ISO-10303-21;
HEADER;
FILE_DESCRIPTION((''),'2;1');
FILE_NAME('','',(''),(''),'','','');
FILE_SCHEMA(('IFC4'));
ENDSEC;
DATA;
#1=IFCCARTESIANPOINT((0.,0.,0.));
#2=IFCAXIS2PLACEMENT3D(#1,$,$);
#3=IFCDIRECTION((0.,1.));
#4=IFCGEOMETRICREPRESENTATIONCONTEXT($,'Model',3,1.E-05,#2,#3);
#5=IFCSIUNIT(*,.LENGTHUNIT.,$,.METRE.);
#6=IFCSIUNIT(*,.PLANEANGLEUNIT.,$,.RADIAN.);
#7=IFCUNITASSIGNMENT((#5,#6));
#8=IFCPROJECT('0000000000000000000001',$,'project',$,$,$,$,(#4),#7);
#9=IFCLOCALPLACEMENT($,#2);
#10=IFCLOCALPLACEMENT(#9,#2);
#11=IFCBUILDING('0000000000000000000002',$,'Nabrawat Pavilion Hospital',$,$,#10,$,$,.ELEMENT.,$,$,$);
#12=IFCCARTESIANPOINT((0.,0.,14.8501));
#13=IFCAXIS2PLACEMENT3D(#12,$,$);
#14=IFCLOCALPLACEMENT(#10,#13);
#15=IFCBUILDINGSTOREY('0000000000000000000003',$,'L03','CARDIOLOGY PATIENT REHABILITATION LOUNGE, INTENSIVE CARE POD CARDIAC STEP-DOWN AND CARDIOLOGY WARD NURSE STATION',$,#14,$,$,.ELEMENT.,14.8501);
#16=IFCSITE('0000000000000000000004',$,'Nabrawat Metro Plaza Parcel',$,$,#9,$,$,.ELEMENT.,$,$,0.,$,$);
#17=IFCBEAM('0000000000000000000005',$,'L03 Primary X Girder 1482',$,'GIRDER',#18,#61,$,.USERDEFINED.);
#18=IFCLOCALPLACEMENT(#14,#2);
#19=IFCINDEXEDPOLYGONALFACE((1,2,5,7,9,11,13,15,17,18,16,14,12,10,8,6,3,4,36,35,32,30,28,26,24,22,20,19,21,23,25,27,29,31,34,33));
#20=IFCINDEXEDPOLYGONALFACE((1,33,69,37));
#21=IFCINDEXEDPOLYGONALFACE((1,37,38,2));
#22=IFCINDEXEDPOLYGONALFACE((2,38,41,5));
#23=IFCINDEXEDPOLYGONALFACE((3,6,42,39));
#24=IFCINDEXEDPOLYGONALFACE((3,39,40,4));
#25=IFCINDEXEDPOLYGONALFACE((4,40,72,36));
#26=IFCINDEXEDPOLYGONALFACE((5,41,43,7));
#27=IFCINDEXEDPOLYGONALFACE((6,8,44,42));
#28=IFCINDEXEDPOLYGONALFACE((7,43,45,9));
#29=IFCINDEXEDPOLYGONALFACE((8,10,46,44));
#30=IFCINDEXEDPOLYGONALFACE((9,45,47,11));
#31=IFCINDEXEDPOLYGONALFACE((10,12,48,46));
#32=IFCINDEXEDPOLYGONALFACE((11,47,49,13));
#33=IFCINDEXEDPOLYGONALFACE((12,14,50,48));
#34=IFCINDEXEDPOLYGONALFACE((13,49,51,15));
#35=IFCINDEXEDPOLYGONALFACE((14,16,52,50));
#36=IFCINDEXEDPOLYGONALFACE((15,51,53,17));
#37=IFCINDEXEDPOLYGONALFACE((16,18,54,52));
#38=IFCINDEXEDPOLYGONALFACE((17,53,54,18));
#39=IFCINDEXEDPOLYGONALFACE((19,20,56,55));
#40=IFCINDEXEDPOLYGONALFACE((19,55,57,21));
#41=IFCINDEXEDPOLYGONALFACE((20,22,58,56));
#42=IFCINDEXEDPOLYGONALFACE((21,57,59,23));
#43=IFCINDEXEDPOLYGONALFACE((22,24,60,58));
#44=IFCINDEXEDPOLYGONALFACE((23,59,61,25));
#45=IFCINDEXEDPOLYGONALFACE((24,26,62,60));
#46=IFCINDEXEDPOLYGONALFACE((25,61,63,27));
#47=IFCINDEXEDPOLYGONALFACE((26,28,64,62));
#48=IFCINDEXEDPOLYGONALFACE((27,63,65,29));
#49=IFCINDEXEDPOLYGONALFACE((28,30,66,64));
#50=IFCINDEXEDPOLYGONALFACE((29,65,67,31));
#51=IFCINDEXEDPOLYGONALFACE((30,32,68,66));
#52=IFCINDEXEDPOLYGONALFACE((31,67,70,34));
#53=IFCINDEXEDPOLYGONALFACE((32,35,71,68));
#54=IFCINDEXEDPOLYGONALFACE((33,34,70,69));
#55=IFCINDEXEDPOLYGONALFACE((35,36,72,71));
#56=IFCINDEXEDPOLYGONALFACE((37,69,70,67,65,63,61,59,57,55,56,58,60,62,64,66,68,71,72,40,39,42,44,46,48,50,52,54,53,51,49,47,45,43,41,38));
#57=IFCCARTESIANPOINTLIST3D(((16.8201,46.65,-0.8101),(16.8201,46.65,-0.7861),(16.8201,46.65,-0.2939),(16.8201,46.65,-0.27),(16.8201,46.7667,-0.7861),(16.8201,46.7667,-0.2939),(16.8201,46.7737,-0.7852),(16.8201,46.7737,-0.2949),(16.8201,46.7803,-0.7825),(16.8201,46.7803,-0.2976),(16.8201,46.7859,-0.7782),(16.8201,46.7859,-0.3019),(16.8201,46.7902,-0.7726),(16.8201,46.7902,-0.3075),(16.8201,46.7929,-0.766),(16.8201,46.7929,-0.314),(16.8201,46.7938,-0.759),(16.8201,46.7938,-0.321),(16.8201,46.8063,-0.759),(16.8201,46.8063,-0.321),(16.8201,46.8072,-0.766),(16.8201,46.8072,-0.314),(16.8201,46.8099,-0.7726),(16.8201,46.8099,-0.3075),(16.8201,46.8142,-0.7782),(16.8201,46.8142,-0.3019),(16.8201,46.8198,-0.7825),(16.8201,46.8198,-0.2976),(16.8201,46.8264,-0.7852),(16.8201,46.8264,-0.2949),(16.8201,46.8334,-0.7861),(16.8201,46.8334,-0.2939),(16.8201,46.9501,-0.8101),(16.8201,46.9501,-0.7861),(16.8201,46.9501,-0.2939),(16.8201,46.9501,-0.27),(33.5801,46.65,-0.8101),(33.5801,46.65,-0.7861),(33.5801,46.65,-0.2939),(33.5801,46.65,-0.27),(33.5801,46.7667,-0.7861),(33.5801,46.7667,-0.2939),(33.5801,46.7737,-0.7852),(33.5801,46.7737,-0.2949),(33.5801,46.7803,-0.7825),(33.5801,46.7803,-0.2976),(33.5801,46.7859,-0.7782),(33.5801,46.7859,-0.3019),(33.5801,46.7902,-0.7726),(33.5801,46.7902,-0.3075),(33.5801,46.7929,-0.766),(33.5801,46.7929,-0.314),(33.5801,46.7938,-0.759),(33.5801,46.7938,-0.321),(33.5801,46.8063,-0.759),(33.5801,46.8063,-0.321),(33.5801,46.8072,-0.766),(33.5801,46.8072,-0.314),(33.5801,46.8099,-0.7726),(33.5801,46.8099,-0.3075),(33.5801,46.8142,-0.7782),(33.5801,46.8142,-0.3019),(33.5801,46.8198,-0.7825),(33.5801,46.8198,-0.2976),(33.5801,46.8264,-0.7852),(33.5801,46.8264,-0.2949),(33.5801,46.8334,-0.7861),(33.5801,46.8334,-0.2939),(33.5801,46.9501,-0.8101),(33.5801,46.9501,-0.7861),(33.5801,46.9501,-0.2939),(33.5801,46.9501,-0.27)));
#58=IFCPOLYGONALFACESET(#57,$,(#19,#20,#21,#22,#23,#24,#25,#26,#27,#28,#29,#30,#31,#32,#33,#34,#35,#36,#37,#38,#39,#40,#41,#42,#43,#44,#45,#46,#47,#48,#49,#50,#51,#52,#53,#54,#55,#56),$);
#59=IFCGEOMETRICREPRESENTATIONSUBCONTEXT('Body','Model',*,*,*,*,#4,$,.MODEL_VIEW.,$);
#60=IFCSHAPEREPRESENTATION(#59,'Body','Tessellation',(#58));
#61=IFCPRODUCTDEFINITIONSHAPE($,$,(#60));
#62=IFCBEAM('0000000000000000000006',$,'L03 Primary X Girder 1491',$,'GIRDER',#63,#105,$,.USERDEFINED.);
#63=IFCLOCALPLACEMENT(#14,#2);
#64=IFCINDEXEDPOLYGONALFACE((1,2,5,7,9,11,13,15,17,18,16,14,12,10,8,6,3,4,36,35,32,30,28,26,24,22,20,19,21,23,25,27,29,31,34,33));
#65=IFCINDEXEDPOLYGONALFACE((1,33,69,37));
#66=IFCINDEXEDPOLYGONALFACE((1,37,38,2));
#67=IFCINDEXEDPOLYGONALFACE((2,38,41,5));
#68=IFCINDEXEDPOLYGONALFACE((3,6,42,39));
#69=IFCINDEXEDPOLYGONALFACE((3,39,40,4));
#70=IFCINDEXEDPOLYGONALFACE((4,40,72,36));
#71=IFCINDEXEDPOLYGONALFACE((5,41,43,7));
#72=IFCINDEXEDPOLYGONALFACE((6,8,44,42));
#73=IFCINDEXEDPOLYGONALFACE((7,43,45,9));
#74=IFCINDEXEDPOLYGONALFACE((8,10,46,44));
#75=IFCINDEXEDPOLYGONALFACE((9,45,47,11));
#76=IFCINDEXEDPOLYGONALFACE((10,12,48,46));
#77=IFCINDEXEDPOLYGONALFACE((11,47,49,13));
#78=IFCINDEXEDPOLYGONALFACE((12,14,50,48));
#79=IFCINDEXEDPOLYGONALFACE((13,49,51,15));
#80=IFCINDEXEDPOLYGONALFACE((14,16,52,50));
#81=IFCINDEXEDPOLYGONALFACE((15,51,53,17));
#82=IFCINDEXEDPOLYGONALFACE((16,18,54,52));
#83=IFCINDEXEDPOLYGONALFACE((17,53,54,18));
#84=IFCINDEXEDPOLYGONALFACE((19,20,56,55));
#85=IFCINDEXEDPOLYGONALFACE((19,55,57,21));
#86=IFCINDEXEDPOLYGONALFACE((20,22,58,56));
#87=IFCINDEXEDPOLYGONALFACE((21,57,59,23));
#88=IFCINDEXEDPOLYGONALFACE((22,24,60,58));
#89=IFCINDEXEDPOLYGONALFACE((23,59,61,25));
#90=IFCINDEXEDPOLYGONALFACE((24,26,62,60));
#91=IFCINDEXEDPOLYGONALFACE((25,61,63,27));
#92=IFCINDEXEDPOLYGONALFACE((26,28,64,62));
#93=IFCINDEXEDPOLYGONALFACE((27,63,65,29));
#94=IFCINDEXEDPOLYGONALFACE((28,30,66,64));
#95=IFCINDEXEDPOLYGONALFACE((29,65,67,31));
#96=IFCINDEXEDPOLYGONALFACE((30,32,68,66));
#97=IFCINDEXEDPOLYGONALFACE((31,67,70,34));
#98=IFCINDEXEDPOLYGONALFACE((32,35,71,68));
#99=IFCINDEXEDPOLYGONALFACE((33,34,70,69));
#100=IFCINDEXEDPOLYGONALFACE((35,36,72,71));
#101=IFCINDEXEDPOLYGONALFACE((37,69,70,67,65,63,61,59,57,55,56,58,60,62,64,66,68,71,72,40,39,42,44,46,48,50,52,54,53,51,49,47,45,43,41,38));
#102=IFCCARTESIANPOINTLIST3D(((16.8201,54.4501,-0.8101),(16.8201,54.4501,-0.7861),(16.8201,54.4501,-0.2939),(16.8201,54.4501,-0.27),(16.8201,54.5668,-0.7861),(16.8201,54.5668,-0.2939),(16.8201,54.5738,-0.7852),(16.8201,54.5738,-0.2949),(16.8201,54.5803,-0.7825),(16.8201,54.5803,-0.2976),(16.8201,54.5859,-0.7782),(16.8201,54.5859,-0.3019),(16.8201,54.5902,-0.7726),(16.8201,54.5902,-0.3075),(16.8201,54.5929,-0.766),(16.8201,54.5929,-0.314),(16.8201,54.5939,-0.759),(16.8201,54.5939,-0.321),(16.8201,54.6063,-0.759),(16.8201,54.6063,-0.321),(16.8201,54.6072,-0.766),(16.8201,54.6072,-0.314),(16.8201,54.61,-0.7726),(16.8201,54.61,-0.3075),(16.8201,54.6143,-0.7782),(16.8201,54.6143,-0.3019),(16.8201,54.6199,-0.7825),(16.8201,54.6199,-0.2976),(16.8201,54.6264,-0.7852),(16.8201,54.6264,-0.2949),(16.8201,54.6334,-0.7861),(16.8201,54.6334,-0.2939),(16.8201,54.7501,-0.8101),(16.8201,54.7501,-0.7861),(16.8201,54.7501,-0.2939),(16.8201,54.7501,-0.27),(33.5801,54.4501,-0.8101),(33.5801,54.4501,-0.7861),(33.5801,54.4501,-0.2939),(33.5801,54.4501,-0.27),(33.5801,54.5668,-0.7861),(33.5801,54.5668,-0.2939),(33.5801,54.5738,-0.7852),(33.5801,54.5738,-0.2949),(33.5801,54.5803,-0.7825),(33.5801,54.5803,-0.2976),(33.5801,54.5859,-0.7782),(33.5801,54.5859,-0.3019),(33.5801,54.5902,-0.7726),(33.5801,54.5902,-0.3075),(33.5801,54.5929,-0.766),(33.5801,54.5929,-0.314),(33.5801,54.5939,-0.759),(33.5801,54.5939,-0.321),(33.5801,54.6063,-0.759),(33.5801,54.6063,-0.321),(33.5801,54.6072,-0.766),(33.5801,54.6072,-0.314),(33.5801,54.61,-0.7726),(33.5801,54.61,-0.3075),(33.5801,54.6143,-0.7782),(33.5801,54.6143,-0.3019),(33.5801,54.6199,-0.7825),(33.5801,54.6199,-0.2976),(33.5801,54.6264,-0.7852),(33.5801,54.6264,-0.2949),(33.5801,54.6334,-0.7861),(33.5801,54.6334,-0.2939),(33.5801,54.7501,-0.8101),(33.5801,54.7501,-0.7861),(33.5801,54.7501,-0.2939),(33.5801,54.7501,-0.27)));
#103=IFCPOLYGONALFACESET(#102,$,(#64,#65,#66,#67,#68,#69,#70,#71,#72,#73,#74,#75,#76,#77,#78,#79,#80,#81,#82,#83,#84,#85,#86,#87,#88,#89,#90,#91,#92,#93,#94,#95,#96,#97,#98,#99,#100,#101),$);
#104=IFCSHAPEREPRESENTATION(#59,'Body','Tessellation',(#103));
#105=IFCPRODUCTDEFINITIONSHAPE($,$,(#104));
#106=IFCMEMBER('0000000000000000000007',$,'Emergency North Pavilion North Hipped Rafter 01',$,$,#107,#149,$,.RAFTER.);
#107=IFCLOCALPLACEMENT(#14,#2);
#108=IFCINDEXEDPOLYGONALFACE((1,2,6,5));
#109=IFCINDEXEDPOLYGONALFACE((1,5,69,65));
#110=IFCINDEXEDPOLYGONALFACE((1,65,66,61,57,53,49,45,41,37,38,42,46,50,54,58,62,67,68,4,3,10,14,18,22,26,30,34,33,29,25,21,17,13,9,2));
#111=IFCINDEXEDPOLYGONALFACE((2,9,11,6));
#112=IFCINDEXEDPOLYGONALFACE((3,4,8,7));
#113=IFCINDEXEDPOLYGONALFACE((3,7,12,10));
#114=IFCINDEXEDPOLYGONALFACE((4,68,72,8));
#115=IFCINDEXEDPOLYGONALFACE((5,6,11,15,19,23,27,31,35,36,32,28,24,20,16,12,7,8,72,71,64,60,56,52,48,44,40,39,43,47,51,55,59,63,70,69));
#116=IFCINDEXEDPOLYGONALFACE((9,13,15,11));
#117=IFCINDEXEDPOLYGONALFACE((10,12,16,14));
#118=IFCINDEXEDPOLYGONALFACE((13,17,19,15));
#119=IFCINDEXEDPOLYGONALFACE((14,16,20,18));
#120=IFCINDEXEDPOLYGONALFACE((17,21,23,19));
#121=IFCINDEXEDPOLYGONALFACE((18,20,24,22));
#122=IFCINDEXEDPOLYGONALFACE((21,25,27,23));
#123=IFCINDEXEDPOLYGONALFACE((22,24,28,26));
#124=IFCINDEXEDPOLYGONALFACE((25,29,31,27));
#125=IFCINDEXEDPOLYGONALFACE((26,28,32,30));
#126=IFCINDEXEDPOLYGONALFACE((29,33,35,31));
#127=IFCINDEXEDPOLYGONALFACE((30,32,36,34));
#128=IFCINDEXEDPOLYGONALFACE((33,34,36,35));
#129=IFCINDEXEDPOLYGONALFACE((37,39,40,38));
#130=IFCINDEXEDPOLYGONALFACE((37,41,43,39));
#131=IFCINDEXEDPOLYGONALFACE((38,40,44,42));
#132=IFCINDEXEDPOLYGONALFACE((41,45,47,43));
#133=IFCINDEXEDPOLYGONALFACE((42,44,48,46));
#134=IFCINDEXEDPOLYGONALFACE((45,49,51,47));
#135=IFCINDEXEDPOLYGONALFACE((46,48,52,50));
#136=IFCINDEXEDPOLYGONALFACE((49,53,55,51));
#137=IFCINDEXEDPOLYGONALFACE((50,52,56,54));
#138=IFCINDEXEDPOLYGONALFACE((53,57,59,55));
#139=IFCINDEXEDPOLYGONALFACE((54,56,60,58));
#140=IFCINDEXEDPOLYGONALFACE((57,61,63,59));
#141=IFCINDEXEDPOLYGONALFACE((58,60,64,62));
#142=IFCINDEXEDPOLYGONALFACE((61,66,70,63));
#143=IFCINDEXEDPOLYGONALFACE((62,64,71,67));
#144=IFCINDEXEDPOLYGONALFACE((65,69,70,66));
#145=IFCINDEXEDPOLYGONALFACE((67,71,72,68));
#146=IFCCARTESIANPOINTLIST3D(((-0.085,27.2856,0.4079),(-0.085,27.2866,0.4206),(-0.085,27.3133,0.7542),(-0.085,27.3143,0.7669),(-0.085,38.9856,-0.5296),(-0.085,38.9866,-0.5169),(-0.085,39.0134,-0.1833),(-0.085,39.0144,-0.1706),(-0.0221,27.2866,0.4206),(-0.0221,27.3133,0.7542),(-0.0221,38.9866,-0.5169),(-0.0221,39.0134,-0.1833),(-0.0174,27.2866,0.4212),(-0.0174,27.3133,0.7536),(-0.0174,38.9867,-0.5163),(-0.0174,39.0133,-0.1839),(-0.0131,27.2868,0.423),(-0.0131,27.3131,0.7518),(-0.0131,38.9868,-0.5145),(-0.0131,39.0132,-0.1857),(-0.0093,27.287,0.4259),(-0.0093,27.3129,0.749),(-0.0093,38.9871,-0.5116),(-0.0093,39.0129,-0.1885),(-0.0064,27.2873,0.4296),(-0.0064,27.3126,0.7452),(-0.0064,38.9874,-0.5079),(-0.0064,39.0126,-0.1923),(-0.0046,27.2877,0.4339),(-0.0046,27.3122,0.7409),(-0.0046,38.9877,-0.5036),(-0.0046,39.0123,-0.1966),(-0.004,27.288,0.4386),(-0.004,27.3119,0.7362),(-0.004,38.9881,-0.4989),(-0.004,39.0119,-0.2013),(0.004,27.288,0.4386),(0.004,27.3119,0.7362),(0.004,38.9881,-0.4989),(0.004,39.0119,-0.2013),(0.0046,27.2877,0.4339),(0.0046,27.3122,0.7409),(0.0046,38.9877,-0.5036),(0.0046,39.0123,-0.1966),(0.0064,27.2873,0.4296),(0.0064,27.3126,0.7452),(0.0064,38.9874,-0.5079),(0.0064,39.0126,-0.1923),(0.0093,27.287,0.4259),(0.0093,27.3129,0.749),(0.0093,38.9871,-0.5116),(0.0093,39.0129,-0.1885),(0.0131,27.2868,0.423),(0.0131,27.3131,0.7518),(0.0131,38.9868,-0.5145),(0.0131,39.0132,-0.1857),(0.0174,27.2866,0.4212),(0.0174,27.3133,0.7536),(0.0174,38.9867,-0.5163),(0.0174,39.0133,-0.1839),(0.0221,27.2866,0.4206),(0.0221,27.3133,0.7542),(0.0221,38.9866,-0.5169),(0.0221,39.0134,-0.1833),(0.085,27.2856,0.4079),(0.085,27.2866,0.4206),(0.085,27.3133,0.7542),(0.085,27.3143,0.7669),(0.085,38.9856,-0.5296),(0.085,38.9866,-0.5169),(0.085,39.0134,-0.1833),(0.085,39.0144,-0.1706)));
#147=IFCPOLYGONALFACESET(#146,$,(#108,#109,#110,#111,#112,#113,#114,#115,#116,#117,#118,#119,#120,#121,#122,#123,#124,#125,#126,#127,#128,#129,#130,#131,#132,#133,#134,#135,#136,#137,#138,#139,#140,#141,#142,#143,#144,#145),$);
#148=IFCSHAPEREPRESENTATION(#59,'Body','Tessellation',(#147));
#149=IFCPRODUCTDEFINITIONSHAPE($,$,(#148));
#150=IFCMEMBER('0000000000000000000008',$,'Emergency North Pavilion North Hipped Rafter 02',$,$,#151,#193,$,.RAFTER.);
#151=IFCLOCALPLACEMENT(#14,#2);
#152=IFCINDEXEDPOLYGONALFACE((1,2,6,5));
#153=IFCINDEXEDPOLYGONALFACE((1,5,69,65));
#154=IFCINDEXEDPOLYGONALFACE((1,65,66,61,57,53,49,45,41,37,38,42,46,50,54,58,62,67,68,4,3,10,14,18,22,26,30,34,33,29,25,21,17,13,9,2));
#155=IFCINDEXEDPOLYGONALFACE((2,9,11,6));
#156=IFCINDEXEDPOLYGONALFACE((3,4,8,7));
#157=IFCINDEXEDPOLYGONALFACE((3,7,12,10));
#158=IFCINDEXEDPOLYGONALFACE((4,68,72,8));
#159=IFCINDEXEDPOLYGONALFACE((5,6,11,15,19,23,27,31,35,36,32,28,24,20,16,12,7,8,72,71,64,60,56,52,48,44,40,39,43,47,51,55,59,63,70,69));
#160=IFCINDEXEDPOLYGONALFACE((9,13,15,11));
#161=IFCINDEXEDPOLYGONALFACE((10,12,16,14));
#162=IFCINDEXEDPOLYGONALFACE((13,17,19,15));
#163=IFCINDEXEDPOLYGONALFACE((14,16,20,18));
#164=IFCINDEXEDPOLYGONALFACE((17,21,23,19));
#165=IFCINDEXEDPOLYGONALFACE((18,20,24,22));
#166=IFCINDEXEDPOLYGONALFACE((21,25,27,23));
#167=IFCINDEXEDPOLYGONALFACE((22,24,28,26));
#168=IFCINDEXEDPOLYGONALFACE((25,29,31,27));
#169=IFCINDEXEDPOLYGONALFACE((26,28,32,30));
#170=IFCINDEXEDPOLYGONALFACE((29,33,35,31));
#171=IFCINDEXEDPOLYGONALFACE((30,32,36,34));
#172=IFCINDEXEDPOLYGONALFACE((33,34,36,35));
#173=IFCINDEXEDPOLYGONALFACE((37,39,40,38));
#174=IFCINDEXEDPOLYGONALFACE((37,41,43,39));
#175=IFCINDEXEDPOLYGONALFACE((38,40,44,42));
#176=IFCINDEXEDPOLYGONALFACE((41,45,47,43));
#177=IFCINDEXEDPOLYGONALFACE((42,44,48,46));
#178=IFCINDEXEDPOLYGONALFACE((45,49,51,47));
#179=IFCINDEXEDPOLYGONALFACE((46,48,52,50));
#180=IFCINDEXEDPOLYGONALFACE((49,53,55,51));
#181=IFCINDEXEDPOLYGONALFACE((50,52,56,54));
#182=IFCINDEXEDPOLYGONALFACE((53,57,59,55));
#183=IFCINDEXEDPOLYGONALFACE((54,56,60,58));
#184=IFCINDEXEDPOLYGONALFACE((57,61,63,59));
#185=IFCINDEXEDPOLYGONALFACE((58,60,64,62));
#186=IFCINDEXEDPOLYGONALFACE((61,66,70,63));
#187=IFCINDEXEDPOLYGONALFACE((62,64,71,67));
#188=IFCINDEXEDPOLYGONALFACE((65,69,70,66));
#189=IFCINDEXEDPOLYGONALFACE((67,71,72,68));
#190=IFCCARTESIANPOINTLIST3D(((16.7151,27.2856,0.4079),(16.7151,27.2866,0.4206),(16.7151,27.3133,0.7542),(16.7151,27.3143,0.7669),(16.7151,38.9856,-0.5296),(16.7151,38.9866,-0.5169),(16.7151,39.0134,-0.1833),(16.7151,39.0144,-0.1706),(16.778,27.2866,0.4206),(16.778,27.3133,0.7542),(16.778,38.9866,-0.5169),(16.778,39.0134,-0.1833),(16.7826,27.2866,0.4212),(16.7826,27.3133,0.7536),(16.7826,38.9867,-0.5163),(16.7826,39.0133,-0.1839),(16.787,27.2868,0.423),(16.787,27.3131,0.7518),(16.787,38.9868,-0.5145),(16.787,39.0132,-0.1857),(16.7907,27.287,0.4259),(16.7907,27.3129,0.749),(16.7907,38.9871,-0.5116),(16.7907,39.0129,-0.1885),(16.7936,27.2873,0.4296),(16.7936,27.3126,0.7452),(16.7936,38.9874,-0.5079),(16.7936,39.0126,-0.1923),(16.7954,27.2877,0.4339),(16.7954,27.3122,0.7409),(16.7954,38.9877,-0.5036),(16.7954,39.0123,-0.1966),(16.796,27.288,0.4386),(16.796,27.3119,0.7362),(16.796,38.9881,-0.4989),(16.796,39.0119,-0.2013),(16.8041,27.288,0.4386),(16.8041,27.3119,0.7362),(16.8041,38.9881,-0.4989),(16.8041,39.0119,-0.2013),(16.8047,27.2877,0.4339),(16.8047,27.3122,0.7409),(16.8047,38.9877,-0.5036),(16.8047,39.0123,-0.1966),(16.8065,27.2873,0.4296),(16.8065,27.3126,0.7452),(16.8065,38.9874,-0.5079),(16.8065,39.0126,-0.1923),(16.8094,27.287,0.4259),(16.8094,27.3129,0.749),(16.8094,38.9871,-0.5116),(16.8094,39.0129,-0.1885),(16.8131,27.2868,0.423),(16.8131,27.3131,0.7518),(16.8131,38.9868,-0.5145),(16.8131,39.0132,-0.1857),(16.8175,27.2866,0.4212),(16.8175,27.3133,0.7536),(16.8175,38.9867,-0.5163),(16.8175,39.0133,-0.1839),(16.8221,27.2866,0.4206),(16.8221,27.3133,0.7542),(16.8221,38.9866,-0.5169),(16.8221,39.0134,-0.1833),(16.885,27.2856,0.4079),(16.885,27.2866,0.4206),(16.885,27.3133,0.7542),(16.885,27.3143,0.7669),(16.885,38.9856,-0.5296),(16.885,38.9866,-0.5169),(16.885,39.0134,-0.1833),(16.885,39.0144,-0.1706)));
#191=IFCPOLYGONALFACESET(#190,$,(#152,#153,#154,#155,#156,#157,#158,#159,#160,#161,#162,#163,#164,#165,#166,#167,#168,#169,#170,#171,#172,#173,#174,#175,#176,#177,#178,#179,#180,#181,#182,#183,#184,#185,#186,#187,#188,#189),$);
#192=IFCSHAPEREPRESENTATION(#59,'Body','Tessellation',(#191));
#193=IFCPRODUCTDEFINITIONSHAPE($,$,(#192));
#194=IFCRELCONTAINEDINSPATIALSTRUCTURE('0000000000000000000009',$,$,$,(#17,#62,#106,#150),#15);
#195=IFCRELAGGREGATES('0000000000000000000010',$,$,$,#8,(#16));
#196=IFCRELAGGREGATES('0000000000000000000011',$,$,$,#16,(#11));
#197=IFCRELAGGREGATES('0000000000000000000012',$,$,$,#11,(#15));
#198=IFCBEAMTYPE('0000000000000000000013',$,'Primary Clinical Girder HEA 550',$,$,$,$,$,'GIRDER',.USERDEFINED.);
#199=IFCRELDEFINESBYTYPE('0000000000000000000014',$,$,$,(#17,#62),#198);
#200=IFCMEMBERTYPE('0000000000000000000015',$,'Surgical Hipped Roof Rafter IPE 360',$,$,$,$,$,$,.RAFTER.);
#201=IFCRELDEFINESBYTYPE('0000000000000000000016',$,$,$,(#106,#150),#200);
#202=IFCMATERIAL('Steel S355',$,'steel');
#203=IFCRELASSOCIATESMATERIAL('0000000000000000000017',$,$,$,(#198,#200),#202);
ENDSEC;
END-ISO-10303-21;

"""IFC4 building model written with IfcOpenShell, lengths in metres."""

from ifc_helpers import new_model, si_unit, direction, frame, origin, origin_2d, place, context, subcontext, project, spatial, i_section, extrude, material, material_profile, profile_set, type_object, element, save


model = new_model("IFC4")

# Units and contexts
model_context = context("Model", 3, precision=1e-05, world=origin(), true_north=direction((0.0, 1.0)))
body_context = subcontext(model_context, "Body", "Model", "MODEL_VIEW")
ifc_project = project(units=[si_unit("LENGTHUNIT", "METRE"), si_unit("PLANEANGLEUNIT", "RADIAN")], contexts=[model_context])

# Site, building, storey
site_placement = place(None, origin())
site = spatial("IfcSite", under=ifc_project, at=site_placement, Name="Nabrawat Metro Plaza Parcel", CompositionType="ELEMENT", RefElevation=0.0)
building_placement = place(site_placement, origin())
building = spatial("IfcBuilding", under=site, at=building_placement, Name="Nabrawat Pavilion Hospital", CompositionType="ELEMENT")
storey_placement = place(building_placement, frame((0.0, 0.0, 14.8501)))
storey = spatial("IfcBuildingStorey", under=building, at=storey_placement, Name="L03", Description="CARDIOLOGY PATIENT REHABILITATION LOUNGE, INTENSIVE CARE POD CARDIAC STEP-DOWN AND CARDIOLOGY WARD NURSE STATION", CompositionType="ELEMENT", Elevation=14.8501)

# Shared definitions
ifc_material_1 = material(Name="Steel S355", Category="steel")

# Beams
ifc_material_profile_1 = material_profile(ifc_material_1, i_section(OverallWidth=0.3, OverallDepth=0.54, WebThickness=0.0125, FlangeThickness=0.0239, FilletRadius=0.0271, at=origin_2d()), Name="HEA 550")
ifc_profile_set_1 = profile_set([ifc_material_profile_1], Name="Steel S355")
beam_type_1 = type_object("IfcBeamType", Name="Primary Clinical Girder HEA 550", ElementType="GIRDER", PredefinedType="USERDEFINED", material=ifc_profile_set_1)
for number, where, z_axis, x_axis, name in (
    (1, (16.8201, 46.8, -0.54), (1.0, 0.0, 0.0), (0.0, 1.0, 0.0), "L03 Primary X Girder 1482"),
    (2, (16.8201, 54.6001, -0.54), (1.0, 0.0, 0.0), (0.0, 1.0, 0.0), "L03 Primary X Girder 1491"),
):
    element("IfcBeam", number, at=place(storey_placement, frame(where, z_axis=z_axis, x_axis=x_axis)), inside=storey, type_object=beam_type_1, Name=name, ObjectType="GIRDER", PredefinedType="USERDEFINED", context=body_context, shape_type="SweptSolid", body=[
        extrude(i_section(OverallWidth=0.3, OverallDepth=0.54, WebThickness=0.0125, FlangeThickness=0.0239, FilletRadius=0.0271, at=origin_2d()), origin(), (0.0, 0.0, 1.0), 16.76),
    ])

# Members
ifc_material_profile_2 = material_profile(ifc_material_1, i_section(OverallWidth=0.1699, OverallDepth=0.3601, WebThickness=0.0081, FlangeThickness=0.0127, FilletRadius=0.0181, at=origin_2d()), Name="IPE 360")
ifc_profile_set_2 = profile_set([ifc_material_profile_2], Name="Steel S355")
member_type_1 = type_object("IfcMemberType", Name="Surgical Hipped Roof Rafter IPE 360", PredefinedType="RAFTER", material=ifc_profile_set_2)
for number, where, z_axis, x_axis, name in (
    (3, (0.0, 39.0, -0.3501), (0.0, -0.996805, 0.079873), (1.0, 0.0, 0.0), "Emergency North Pavilion North Hipped Rafter 01"),
    (4, (16.8, 39.0, -0.3501), (0.0, -0.996805, 0.079873), (1.0, 0.0, 0.0), "Emergency North Pavilion North Hipped Rafter 02"),
):
    element("IfcMember", number, at=place(storey_placement, frame(where, z_axis=z_axis, x_axis=x_axis)), inside=storey, type_object=member_type_1, Name=name, PredefinedType="RAFTER", context=body_context, shape_type="SweptSolid", body=[
        extrude(i_section(OverallWidth=0.1699, OverallDepth=0.3601, WebThickness=0.0081, FlangeThickness=0.0127, FilletRadius=0.0181, at=origin_2d()), origin(), (0.0, 0.0, 1.0), 11.7375),
    ])

save(model, "model.ifc")
